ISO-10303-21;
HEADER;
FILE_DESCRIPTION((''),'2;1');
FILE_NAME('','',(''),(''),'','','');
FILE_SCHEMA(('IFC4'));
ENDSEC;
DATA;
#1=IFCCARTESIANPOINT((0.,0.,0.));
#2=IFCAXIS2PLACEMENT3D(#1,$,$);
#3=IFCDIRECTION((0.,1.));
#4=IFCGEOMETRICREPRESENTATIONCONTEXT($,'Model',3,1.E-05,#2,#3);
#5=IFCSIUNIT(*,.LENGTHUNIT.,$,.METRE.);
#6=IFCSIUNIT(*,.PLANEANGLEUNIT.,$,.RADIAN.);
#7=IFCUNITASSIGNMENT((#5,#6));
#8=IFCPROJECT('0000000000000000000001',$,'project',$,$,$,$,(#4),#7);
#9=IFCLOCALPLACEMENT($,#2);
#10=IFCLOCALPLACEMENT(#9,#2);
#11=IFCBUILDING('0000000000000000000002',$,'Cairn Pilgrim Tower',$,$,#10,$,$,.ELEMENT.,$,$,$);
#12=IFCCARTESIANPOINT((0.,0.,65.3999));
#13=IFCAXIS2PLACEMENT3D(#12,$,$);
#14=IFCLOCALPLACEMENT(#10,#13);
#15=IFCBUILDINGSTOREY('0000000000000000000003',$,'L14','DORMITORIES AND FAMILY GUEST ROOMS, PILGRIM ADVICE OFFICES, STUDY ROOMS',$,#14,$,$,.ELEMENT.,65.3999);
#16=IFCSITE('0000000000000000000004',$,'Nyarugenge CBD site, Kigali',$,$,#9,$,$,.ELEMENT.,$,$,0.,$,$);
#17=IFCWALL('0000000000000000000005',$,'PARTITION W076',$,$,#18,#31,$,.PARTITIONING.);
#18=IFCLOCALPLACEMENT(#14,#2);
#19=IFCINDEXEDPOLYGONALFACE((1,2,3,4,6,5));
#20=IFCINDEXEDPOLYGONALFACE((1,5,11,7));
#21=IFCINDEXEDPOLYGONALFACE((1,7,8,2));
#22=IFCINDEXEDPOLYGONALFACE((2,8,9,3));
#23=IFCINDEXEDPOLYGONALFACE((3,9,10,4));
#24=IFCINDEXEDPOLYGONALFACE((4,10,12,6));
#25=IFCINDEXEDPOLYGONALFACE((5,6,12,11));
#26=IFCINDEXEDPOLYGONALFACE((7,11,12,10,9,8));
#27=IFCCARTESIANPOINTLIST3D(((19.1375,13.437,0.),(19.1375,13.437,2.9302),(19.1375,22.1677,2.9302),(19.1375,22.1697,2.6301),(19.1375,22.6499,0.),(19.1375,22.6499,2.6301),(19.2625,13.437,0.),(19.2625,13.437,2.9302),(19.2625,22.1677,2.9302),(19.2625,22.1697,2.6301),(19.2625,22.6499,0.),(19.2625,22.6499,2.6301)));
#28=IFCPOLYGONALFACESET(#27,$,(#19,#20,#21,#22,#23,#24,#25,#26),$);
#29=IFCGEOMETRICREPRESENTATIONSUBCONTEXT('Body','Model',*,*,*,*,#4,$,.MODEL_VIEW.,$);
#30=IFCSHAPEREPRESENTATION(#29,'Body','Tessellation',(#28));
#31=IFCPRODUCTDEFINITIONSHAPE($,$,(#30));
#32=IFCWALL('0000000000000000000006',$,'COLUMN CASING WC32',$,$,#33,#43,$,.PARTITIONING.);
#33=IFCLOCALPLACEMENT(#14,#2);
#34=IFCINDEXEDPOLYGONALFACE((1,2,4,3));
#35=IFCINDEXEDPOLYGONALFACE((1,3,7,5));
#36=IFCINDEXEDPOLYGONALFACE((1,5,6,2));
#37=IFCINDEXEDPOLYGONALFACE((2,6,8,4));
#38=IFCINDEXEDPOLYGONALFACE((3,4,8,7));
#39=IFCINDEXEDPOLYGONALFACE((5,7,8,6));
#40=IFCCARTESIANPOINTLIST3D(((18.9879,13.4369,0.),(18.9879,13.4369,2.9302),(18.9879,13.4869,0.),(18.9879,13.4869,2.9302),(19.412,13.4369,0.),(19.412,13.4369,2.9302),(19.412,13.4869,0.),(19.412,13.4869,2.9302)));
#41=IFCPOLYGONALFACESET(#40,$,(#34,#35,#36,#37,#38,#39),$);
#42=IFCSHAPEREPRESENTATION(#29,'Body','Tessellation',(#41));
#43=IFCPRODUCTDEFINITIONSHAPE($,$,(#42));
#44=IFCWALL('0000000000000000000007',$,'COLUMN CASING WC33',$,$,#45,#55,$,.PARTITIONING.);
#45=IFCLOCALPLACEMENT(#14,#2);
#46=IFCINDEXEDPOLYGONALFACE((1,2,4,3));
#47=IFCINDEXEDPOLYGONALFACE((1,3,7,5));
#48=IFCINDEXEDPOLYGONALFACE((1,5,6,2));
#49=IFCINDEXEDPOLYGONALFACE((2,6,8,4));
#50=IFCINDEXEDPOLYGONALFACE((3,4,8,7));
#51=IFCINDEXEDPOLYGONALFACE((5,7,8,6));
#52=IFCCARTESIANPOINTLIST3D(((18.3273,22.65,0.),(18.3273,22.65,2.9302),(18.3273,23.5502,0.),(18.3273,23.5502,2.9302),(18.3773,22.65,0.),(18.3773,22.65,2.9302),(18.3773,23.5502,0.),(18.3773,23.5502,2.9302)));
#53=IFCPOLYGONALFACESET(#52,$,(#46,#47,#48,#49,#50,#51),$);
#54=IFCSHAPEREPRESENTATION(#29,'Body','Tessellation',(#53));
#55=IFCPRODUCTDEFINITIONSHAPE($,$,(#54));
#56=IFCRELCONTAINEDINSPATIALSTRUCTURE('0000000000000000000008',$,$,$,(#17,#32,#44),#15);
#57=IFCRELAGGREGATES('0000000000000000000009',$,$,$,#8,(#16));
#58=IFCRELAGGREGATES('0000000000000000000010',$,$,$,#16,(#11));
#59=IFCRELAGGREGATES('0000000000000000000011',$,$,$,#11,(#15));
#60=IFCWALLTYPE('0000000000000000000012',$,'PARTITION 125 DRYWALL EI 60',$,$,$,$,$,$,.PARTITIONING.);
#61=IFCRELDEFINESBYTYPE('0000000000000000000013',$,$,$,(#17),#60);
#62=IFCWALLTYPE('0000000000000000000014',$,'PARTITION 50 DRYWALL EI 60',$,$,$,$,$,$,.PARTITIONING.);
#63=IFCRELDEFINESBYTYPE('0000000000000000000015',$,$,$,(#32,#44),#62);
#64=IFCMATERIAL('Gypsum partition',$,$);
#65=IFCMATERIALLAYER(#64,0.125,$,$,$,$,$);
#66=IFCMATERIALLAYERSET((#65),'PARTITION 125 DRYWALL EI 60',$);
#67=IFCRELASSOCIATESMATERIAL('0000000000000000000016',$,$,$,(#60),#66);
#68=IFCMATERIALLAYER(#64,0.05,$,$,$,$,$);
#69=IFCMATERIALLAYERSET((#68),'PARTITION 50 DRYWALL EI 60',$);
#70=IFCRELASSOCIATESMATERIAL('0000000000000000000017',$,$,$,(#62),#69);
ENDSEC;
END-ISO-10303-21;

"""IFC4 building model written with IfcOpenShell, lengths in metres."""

from ifc_helpers import new_model, si_unit, direction, frame, frame_2d, origin, place, context, subcontext, project, spatial, polyline, rectangle, outline, extrude, material, layer, layer_set, type_object, element, save


model = new_model("IFC4")

# Units and contexts
model_context = context("Model", 3, precision=1e-05, world=origin(), true_north=direction((0.0, 1.0)))
body_context = subcontext(model_context, "Body", "Model", "MODEL_VIEW")
ifc_project = project(units=[si_unit("LENGTHUNIT", "METRE"), si_unit("PLANEANGLEUNIT", "RADIAN")], contexts=[model_context])

# Site, building, storey
site_placement = place(None, origin())
site = spatial("IfcSite", under=ifc_project, at=site_placement, Name="Nyarugenge CBD site, Kigali", CompositionType="ELEMENT", RefElevation=0.0)
building_placement = place(site_placement, origin())
building = spatial("IfcBuilding", under=site, at=building_placement, Name="Cairn Pilgrim Tower", CompositionType="ELEMENT")
storey_placement = place(building_placement, frame((0.0, 0.0, 65.3999)))
storey = spatial("IfcBuildingStorey", under=building, at=storey_placement, Name="L14", Description="DORMITORIES AND FAMILY GUEST ROOMS, PILGRIM ADVICE OFFICES, STUDY ROOMS", CompositionType="ELEMENT", Elevation=65.3999)

# Walls
ifc_material_1 = material(Name="Gypsum partition")
ifc_layer_1 = layer(ifc_material_1, 0.125)
ifc_layer_set_1 = layer_set([ifc_layer_1], Name="PARTITION 125 DRYWALL EI 60")
wall_type_1 = type_object("IfcWallType", Name="PARTITION 125 DRYWALL EI 60", PredefinedType="PARTITIONING", material=ifc_layer_set_1)
wall_1_placement = place(storey_placement, frame((19.2, 13.437, 0.0), z_axis=(0.0, 0.0, 1.0), x_axis=(0.0, 1.0, 0.0)))
element("IfcWall", 1, at=wall_1_placement, inside=storey, type_object=wall_type_1, Name="PARTITION W076", PredefinedType="PARTITIONING", context=body_context, shape_type="SweptSolid", body=[
    extrude(outline(polyline([(0.0, 0.0), (9.2129, 0.0), (9.2129, 2.6301), (8.7327, 2.6301), (8.7307, 2.9302), (0.0, 2.9302), (0.0, 0.0)])), frame((0.0, 0.0625, 0.0), z_axis=(0.0, -1.0, 0.0), x_axis=(1.0, 0.0, 0.0)), (0.0, 0.0, 1.0), 0.125),
])
ifc_layer_2 = layer(ifc_material_1, 0.05)
ifc_layer_set_2 = layer_set([ifc_layer_2], Name="PARTITION 50 DRYWALL EI 60")
wall_type_2 = type_object("IfcWallType", Name="PARTITION 50 DRYWALL EI 60", PredefinedType="PARTITIONING", material=ifc_layer_set_2)
wall_2_placement = place(storey_placement, frame((18.988, 13.4619, 0.0), z_axis=(0.0, 0.0, 1.0), x_axis=(1.0, 0.0, 0.0)))
element("IfcWall", 2, at=wall_2_placement, inside=storey, type_object=wall_type_2, Name="COLUMN CASING WC32", PredefinedType="PARTITIONING", context=body_context, shape_type="SweptSolid", body=[
    extrude(rectangle(XDim=0.4241, YDim=0.05, at=frame_2d((0.2119, 0.0))), origin(), (0.0, 0.0, 1.0), 2.9302),
])
wall_3_placement = place(storey_placement, frame((18.3523, 22.6499, 0.0), z_axis=(0.0, 0.0, 1.0), x_axis=(0.0, 1.0, 0.0)))
element("IfcWall", 3, at=wall_3_placement, inside=storey, type_object=wall_type_2, Name="COLUMN CASING WC33", PredefinedType="PARTITIONING", context=body_context, shape_type="SweptSolid", body=[
    extrude(rectangle(XDim=0.9001, YDim=0.05, at=frame_2d((0.4502, 0.0))), origin(), (0.0, 0.0, 1.0), 2.9302),
])

save(model, "model.ifc")
